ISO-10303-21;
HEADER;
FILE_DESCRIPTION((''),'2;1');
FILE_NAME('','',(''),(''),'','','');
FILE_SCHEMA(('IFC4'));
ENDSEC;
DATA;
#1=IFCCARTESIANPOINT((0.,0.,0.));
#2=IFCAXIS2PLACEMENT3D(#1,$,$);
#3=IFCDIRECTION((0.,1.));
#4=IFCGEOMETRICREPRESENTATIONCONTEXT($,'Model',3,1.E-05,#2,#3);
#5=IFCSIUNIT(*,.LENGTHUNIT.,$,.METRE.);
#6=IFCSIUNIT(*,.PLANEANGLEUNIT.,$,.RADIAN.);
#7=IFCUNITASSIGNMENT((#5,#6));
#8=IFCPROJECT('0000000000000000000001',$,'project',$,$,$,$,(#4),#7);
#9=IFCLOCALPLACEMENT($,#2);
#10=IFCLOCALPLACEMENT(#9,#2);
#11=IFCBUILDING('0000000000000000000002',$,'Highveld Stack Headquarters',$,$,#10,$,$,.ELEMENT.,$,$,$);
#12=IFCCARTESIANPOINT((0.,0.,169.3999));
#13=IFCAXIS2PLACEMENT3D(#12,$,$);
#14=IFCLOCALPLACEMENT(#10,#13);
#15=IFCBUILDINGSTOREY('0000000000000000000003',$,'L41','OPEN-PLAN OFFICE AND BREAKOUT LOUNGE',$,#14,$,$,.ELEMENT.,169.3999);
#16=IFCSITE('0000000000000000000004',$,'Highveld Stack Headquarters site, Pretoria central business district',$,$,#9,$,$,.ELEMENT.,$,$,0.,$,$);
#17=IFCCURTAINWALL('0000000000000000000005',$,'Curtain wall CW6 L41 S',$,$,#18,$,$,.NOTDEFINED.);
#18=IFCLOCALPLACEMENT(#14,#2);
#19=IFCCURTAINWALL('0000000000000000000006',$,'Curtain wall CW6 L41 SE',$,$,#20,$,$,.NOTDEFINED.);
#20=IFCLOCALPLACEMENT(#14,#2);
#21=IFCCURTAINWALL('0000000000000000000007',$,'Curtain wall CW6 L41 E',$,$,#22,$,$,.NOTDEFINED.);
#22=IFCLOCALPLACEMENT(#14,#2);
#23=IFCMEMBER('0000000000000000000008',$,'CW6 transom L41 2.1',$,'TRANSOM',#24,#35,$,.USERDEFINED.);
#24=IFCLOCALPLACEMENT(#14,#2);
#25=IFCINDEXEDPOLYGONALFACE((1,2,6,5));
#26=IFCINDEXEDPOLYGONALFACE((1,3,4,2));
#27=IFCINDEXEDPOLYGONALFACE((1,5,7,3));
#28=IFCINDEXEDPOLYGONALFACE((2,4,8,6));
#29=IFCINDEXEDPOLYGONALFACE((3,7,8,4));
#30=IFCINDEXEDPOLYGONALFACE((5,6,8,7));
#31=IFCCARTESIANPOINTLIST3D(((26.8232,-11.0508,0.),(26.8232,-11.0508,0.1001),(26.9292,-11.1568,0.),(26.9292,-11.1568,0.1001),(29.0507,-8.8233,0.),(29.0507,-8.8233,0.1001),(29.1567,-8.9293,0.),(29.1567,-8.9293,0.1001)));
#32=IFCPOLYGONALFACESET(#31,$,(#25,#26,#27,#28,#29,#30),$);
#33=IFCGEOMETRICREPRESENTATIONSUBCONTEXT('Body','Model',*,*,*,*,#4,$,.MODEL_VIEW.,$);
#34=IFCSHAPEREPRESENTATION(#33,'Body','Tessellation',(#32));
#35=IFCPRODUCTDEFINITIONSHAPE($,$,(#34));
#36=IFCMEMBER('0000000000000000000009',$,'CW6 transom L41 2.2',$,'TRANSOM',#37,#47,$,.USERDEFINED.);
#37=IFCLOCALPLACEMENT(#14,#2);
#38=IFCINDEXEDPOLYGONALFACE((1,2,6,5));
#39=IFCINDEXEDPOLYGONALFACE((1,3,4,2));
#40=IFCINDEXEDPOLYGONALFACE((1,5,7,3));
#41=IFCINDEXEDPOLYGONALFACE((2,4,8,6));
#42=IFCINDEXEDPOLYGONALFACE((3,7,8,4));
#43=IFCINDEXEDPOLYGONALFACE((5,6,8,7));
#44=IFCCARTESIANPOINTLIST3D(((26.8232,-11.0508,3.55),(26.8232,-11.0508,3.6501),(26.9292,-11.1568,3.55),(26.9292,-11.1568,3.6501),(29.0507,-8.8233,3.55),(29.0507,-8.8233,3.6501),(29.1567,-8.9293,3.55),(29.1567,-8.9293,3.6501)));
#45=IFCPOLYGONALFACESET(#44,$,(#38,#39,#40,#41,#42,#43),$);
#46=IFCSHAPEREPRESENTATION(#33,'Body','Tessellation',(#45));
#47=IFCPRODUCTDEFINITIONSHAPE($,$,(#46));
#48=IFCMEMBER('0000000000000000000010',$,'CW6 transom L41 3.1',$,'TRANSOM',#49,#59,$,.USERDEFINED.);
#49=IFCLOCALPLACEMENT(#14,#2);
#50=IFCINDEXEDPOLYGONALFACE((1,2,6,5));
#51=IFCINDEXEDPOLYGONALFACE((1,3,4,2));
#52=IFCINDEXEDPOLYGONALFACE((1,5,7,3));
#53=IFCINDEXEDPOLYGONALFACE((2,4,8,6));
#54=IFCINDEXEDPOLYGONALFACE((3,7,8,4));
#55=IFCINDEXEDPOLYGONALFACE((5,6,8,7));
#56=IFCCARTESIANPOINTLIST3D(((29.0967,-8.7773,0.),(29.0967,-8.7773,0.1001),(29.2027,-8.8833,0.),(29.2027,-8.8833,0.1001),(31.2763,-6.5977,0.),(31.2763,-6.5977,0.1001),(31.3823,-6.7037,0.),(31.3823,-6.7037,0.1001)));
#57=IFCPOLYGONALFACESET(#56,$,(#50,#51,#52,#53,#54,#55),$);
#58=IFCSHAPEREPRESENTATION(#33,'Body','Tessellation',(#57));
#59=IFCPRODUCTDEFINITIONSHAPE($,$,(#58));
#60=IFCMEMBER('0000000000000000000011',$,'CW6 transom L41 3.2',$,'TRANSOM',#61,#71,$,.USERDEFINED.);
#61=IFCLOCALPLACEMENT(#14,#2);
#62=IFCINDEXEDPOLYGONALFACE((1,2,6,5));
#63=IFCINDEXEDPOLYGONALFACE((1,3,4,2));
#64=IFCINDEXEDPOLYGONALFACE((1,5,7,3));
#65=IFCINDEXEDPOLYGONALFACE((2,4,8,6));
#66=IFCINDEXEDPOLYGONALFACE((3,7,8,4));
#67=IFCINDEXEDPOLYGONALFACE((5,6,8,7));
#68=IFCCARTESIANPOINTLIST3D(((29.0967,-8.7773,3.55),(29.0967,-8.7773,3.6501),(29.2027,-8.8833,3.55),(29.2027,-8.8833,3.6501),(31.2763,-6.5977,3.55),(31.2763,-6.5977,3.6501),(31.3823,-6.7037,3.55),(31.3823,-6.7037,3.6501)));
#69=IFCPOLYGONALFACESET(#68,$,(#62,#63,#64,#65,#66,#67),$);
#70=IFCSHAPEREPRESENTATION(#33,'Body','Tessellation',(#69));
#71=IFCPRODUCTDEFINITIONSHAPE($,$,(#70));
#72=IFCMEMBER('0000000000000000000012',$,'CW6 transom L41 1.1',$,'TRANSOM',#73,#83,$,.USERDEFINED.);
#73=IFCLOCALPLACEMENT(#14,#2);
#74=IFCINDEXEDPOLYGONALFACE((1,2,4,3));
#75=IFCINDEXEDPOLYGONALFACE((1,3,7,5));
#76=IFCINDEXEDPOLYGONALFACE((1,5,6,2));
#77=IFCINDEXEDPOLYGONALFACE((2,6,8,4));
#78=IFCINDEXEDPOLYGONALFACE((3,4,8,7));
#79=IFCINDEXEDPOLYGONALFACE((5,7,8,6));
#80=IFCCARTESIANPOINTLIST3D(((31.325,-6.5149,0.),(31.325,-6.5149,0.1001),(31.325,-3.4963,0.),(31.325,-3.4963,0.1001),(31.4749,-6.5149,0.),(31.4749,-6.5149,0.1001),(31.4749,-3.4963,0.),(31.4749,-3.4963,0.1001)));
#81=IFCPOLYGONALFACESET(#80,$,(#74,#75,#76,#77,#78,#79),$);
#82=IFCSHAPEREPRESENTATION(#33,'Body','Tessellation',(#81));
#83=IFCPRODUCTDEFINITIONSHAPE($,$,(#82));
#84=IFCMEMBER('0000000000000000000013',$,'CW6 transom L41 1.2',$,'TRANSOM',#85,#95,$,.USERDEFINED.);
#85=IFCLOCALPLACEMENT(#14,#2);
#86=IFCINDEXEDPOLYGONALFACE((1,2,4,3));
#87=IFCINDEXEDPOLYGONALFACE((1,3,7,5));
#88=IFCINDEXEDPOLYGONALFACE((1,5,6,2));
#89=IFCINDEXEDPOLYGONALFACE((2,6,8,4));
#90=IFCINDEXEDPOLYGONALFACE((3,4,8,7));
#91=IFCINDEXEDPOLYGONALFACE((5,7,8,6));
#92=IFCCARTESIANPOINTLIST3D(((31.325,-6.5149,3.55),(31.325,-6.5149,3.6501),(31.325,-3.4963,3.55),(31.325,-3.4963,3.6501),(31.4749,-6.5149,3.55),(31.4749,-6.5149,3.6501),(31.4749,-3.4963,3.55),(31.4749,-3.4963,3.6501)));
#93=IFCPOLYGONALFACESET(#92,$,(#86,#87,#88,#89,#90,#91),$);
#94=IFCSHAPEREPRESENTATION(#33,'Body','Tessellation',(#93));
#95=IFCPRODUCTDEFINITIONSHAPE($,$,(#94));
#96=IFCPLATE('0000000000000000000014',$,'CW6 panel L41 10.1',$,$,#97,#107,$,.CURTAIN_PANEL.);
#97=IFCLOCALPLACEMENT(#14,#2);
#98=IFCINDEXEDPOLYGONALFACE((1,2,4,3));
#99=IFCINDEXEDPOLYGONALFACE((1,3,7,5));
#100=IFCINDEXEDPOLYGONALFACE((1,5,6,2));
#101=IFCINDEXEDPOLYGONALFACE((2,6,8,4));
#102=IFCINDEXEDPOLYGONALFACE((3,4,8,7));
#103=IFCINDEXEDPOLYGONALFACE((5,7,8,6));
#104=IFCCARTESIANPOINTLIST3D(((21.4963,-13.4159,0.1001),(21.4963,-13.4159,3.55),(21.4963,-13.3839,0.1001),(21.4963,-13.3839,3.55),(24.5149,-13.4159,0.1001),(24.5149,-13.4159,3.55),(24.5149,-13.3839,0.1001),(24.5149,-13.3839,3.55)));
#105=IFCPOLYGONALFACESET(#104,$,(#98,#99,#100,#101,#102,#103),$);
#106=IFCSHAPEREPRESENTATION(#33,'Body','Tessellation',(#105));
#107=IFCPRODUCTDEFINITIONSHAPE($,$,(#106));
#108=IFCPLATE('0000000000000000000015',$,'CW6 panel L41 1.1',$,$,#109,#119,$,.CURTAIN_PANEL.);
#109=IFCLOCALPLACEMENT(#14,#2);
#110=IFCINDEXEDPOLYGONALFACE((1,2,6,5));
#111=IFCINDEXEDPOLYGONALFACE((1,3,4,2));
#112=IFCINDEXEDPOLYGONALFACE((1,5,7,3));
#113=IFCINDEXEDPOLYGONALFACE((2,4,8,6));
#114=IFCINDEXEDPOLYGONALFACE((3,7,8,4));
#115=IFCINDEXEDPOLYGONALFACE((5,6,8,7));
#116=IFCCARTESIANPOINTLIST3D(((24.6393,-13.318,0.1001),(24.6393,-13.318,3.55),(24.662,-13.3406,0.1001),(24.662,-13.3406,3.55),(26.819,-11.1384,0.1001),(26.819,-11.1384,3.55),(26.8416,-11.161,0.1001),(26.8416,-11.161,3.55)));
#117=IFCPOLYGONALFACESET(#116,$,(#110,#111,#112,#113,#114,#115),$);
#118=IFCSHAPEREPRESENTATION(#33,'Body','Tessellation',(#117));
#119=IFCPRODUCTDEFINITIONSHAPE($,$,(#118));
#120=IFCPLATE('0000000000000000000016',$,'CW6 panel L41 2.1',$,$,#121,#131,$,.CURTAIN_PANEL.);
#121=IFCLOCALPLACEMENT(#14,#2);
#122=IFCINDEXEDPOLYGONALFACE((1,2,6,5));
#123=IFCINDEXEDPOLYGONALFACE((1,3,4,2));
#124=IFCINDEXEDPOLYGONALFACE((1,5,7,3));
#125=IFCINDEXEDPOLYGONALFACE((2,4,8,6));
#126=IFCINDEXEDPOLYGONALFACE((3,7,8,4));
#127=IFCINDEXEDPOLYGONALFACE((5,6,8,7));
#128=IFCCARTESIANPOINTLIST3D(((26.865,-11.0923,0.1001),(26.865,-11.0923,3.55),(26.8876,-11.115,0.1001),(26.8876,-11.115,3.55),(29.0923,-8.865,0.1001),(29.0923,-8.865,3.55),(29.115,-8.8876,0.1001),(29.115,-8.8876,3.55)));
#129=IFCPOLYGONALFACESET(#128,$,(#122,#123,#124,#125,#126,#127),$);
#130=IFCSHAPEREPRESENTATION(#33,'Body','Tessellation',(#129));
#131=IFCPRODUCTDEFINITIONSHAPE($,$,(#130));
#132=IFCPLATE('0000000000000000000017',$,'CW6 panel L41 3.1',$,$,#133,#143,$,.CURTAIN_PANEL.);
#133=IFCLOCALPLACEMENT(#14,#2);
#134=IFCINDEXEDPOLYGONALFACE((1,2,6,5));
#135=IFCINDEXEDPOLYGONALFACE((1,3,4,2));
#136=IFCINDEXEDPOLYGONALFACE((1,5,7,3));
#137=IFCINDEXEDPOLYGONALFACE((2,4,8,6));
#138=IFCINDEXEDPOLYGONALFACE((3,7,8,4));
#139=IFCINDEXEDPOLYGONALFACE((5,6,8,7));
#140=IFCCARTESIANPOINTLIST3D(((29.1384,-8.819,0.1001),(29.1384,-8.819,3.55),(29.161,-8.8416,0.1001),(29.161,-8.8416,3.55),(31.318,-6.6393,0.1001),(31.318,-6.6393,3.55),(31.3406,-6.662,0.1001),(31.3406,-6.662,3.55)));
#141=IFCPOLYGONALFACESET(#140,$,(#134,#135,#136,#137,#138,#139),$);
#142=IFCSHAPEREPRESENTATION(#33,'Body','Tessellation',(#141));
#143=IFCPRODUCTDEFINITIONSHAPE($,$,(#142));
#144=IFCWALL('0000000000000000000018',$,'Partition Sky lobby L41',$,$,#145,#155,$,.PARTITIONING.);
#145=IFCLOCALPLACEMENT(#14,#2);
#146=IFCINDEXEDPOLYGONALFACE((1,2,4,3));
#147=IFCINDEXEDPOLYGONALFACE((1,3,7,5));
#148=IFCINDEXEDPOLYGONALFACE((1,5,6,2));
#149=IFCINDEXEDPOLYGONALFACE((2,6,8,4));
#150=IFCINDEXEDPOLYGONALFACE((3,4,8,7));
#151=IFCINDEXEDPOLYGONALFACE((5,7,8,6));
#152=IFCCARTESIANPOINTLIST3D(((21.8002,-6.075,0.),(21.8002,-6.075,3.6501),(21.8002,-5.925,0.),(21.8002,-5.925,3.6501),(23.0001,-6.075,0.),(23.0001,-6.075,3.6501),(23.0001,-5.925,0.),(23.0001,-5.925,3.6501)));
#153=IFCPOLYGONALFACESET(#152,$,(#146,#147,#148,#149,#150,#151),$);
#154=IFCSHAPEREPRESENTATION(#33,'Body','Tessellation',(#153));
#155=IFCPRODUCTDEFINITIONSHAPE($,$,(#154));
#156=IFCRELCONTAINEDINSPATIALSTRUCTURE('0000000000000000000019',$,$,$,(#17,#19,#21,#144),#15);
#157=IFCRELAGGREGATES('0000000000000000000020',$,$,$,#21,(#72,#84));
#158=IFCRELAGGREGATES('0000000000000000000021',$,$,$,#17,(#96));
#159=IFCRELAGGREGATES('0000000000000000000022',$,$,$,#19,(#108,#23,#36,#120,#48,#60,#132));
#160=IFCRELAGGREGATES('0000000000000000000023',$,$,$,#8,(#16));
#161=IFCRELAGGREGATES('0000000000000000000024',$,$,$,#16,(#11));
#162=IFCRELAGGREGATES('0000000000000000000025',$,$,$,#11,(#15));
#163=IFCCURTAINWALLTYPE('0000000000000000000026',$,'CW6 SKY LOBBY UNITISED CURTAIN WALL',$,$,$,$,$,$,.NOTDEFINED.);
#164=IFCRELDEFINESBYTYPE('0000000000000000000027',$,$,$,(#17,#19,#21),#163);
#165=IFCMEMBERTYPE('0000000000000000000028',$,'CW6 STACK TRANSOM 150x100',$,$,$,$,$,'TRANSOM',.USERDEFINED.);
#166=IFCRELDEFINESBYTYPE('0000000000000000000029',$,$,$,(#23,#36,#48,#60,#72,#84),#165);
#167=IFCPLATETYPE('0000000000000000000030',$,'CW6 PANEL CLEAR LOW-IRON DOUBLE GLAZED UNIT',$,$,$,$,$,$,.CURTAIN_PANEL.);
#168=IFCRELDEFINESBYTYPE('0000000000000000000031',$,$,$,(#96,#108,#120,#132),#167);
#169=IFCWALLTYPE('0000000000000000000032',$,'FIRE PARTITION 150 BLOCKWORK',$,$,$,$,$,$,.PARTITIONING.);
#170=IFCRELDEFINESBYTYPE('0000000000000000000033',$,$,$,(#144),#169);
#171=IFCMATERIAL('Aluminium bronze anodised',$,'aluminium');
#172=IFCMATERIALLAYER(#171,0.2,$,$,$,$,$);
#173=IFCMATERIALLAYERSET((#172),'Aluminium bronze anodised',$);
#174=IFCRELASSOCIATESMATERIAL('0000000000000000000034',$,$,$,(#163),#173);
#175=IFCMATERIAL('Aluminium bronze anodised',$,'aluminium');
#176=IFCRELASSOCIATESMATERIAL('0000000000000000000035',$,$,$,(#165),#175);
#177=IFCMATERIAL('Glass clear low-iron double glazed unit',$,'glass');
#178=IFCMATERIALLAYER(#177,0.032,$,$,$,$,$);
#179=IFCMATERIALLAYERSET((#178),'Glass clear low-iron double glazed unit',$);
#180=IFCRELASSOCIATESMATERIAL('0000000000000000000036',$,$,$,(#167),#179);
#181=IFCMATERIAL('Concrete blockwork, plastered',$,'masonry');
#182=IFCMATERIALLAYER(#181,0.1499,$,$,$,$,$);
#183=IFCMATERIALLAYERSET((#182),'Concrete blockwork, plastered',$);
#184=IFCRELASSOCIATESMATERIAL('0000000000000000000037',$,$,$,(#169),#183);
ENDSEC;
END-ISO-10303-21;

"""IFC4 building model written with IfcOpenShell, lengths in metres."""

from ifc_helpers import new_model, si_unit, direction, frame, frame_2d, origin, origin_2d, place, context, subcontext, project, spatial, rectangle, extrude, material, layer, layer_set, material_profile, profile_set, type_object, element, aggregate, save


model = new_model("IFC4")

# Units and contexts
model_context = context("Model", 3, precision=1e-05, world=origin(), true_north=direction((0.0, 1.0)))
body_context = subcontext(model_context, "Body", "Model", "MODEL_VIEW")
ifc_project = project(units=[si_unit("LENGTHUNIT", "METRE"), si_unit("PLANEANGLEUNIT", "RADIAN")], contexts=[model_context])

# Site, building, storey
site_placement = place(None, origin())
site = spatial("IfcSite", under=ifc_project, at=site_placement, Name="Highveld Stack Headquarters site, Pretoria central business district", CompositionType="ELEMENT", RefElevation=0.0)
building_placement = place(site_placement, origin())
building = spatial("IfcBuilding", under=site, at=building_placement, Name="Highveld Stack Headquarters", CompositionType="ELEMENT")
storey_placement = place(building_placement, frame((0.0, 0.0, 169.3999)))
storey = spatial("IfcBuildingStorey", under=building, at=storey_placement, Name="L41", Description="OPEN-PLAN OFFICE AND BREAKOUT LOUNGE", CompositionType="ELEMENT", Elevation=169.3999)

# Curtain wall
ifc_material_1 = material(Name="Aluminium bronze anodised", Category="aluminium")
ifc_layer_1 = layer(ifc_material_1, 0.2)
ifc_layer_set_1 = layer_set([ifc_layer_1], Name="Aluminium bronze anodised")
curtain_wall_type = type_object("IfcCurtainWallType", Name="CW6 SKY LOBBY UNITISED CURTAIN WALL", PredefinedType="NOTDEFINED", material=ifc_layer_set_1)
curtain_wall_1_placement = place(storey_placement, origin())
curtain_wall_1 = element("IfcCurtainWall", 1, at=curtain_wall_1_placement, inside=storey, type_object=curtain_wall_type, Name="Curtain wall CW6 L41 S", PredefinedType="NOTDEFINED")

# Curtain wall
curtain_wall_2_placement = place(storey_placement, origin())
curtain_wall_2 = element("IfcCurtainWall", 2, at=curtain_wall_2_placement, inside=storey, type_object=curtain_wall_type, Name="Curtain wall CW6 L41 SE", PredefinedType="NOTDEFINED")

# Curtain wall
curtain_wall_3_placement = place(storey_placement, origin())
curtain_wall_3 = element("IfcCurtainWall", 3, at=curtain_wall_3_placement, inside=storey, type_object=curtain_wall_type, Name="Curtain wall CW6 L41 E", PredefinedType="NOTDEFINED")

# Members
ifc_material_2 = material(Name="Aluminium bronze anodised", Category="aluminium")
ifc_material_profile_1 = material_profile(ifc_material_2, rectangle(XDim=0.1499, YDim=0.1001, at=origin_2d()), Name="CW6 TRANSOM 150x100")
ifc_profile_set_1 = profile_set([ifc_material_profile_1], Name="Aluminium bronze anodised")
member_type_1 = type_object("IfcMemberType", Name="CW6 STACK TRANSOM 150x100", ElementType="TRANSOM", PredefinedType="USERDEFINED", material=ifc_profile_set_1)
member_1_placement = place(storey_placement, frame((26.8762, -11.1038, 0.05), z_axis=(0.707107, 0.707107, 0.0), x_axis=(-0.707107, 0.707107, 0.0)))
member_1 = element("IfcMember", 4, at=member_1_placement, type_object=member_type_1, Name="CW6 transom L41 2.1", ObjectType="TRANSOM", PredefinedType="USERDEFINED", context=body_context, shape_type="SweptSolid", body=[
    extrude(rectangle(XDim=0.1499, YDim=0.1001, at=origin_2d()), origin(), (0.0, 0.0, 1.0), 3.1501),
])
member_2_placement = place(storey_placement, frame((26.8762, -11.1038, 3.6001), z_axis=(0.707107, 0.707107, 0.0), x_axis=(-0.707107, 0.707107, 0.0)))
member_2 = element("IfcMember", 5, at=member_2_placement, type_object=member_type_1, Name="CW6 transom L41 2.2", ObjectType="TRANSOM", PredefinedType="USERDEFINED", context=body_context, shape_type="SweptSolid", body=[
    extrude(rectangle(XDim=0.1499, YDim=0.1001, at=origin_2d()), origin(), (0.0, 0.0, 1.0), 3.1501),
])
member_3_placement = place(storey_placement, frame((29.1497, -8.8303, 0.05), z_axis=(0.707107, 0.707107, 0.0), x_axis=(-0.707107, 0.707107, 0.0)))
member_3 = element("IfcMember", 6, at=member_3_placement, type_object=member_type_1, Name="CW6 transom L41 3.1", ObjectType="TRANSOM", PredefinedType="USERDEFINED", context=body_context, shape_type="SweptSolid", body=[
    extrude(rectangle(XDim=0.1499, YDim=0.1001, at=origin_2d()), origin(), (0.0, 0.0, 1.0), 3.0825),
])
member_4_placement = place(storey_placement, frame((29.1497, -8.8303, 3.6001), z_axis=(0.707107, 0.707107, 0.0), x_axis=(-0.707107, 0.707107, 0.0)))
member_4 = element("IfcMember", 7, at=member_4_placement, type_object=member_type_1, Name="CW6 transom L41 3.2", ObjectType="TRANSOM", PredefinedType="USERDEFINED", context=body_context, shape_type="SweptSolid", body=[
    extrude(rectangle(XDim=0.1499, YDim=0.1001, at=origin_2d()), origin(), (0.0, 0.0, 1.0), 3.0825),
])
member_5_placement = place(storey_placement, frame((31.3999, -6.5149, 0.05), z_axis=(0.0, 1.0, 0.0), x_axis=(-1.0, 0.0, 0.0)))
member_5 = element("IfcMember", 8, at=member_5_placement, type_object=member_type_1, Name="CW6 transom L41 1.1", ObjectType="TRANSOM", PredefinedType="USERDEFINED", context=body_context, shape_type="SweptSolid", body=[
    extrude(rectangle(XDim=0.1499, YDim=0.1001, at=origin_2d()), origin(), (0.0, 0.0, 1.0), 3.0186),
])
member_6_placement = place(storey_placement, frame((31.3999, -6.5149, 3.6001), z_axis=(0.0, 1.0, 0.0), x_axis=(-1.0, 0.0, 0.0)))
member_6 = element("IfcMember", 9, at=member_6_placement, type_object=member_type_1, Name="CW6 transom L41 1.2", ObjectType="TRANSOM", PredefinedType="USERDEFINED", context=body_context, shape_type="SweptSolid", body=[
    extrude(rectangle(XDim=0.1499, YDim=0.1001, at=origin_2d()), origin(), (0.0, 0.0, 1.0), 3.0186),
])
aggregate(curtain_wall_3, [member_5, member_6])

# Plates
ifc_material_3 = material(Name="Glass clear low-iron double glazed unit", Category="glass")
ifc_layer_2 = layer(ifc_material_3, 0.032)
ifc_layer_set_2 = layer_set([ifc_layer_2], Name="Glass clear low-iron double glazed unit")
plate_type = type_object("IfcPlateType", Name="CW6 PANEL CLEAR LOW-IRON DOUBLE GLAZED UNIT", PredefinedType="CURTAIN_PANEL", material=ifc_layer_set_2)
plate_1_placement = place(storey_placement, frame((23.0056, -13.3999, 0.1001), z_axis=(0.0, 0.0, 1.0), x_axis=(1.0, 0.0, 0.0)))
plate_1 = element("IfcPlate", 10, at=plate_1_placement, type_object=plate_type, Name="CW6 panel L41 10.1", PredefinedType="CURTAIN_PANEL", context=body_context, shape_type="SweptSolid", body=[
    extrude(rectangle(XDim=3.0186, YDim=0.032, at=origin_2d()), origin(), (0.0, 0.0, 1.0), 3.45),
])
aggregate(curtain_wall_1, [plate_1])
plate_2_placement = place(storey_placement, frame((25.7405, -12.2395, 0.1001), z_axis=(0.0, 0.0, 1.0), x_axis=(0.707107, 0.707107, 0.0)))
plate_2 = element("IfcPlate", 11, at=plate_2_placement, type_object=plate_type, Name="CW6 panel L41 1.1", PredefinedType="CURTAIN_PANEL", context=body_context, shape_type="SweptSolid", body=[
    extrude(rectangle(XDim=3.0825, YDim=0.032, at=origin_2d()), origin(), (0.0, 0.0, 1.0), 3.45),
])
plate_3_placement = place(storey_placement, frame((27.99, -9.99, 0.1001), z_axis=(0.0, 0.0, 1.0), x_axis=(0.707107, 0.707107, 0.0)))
plate_3 = element("IfcPlate", 12, at=plate_3_placement, type_object=plate_type, Name="CW6 panel L41 2.1", PredefinedType="CURTAIN_PANEL", context=body_context, shape_type="SweptSolid", body=[
    extrude(rectangle(XDim=3.1499, YDim=0.032, at=origin_2d()), origin(), (0.0, 0.0, 1.0), 3.45),
])
plate_4_placement = place(storey_placement, frame((30.2395, -7.7405, 0.1001), z_axis=(0.0, 0.0, 1.0), x_axis=(0.707107, 0.707107, 0.0)))
plate_4 = element("IfcPlate", 13, at=plate_4_placement, type_object=plate_type, Name="CW6 panel L41 3.1", PredefinedType="CURTAIN_PANEL", context=body_context, shape_type="SweptSolid", body=[
    extrude(rectangle(XDim=3.0825, YDim=0.032, at=origin_2d()), origin(), (0.0, 0.0, 1.0), 3.45),
])
aggregate(curtain_wall_2, [plate_2, member_1, member_2, plate_3, member_3, member_4, plate_4])

# Wall
ifc_material_4 = material(Name="Concrete blockwork, plastered", Category="masonry")
ifc_layer_3 = layer(ifc_material_4, 0.1499)
ifc_layer_set_3 = layer_set([ifc_layer_3], Name="Concrete blockwork, plastered")
wall_type = type_object("IfcWallType", Name="FIRE PARTITION 150 BLOCKWORK", PredefinedType="PARTITIONING", material=ifc_layer_set_3)
wall_placement = place(storey_placement, frame((21.8, -6.0, 0.0), z_axis=(0.0, 0.0, 1.0), x_axis=(1.0, 0.0, 0.0)))
element("IfcWall", 14, at=wall_placement, inside=storey, type_object=wall_type, Name="Partition Sky lobby L41", PredefinedType="PARTITIONING", context=body_context, shape_type="SweptSolid", body=[
    extrude(rectangle(XDim=1.2, YDim=0.1499, at=frame_2d((0.6001, 0.0))), origin(), (0.0, 0.0, 1.0), 3.6501),
])

save(model, "model.ifc")
